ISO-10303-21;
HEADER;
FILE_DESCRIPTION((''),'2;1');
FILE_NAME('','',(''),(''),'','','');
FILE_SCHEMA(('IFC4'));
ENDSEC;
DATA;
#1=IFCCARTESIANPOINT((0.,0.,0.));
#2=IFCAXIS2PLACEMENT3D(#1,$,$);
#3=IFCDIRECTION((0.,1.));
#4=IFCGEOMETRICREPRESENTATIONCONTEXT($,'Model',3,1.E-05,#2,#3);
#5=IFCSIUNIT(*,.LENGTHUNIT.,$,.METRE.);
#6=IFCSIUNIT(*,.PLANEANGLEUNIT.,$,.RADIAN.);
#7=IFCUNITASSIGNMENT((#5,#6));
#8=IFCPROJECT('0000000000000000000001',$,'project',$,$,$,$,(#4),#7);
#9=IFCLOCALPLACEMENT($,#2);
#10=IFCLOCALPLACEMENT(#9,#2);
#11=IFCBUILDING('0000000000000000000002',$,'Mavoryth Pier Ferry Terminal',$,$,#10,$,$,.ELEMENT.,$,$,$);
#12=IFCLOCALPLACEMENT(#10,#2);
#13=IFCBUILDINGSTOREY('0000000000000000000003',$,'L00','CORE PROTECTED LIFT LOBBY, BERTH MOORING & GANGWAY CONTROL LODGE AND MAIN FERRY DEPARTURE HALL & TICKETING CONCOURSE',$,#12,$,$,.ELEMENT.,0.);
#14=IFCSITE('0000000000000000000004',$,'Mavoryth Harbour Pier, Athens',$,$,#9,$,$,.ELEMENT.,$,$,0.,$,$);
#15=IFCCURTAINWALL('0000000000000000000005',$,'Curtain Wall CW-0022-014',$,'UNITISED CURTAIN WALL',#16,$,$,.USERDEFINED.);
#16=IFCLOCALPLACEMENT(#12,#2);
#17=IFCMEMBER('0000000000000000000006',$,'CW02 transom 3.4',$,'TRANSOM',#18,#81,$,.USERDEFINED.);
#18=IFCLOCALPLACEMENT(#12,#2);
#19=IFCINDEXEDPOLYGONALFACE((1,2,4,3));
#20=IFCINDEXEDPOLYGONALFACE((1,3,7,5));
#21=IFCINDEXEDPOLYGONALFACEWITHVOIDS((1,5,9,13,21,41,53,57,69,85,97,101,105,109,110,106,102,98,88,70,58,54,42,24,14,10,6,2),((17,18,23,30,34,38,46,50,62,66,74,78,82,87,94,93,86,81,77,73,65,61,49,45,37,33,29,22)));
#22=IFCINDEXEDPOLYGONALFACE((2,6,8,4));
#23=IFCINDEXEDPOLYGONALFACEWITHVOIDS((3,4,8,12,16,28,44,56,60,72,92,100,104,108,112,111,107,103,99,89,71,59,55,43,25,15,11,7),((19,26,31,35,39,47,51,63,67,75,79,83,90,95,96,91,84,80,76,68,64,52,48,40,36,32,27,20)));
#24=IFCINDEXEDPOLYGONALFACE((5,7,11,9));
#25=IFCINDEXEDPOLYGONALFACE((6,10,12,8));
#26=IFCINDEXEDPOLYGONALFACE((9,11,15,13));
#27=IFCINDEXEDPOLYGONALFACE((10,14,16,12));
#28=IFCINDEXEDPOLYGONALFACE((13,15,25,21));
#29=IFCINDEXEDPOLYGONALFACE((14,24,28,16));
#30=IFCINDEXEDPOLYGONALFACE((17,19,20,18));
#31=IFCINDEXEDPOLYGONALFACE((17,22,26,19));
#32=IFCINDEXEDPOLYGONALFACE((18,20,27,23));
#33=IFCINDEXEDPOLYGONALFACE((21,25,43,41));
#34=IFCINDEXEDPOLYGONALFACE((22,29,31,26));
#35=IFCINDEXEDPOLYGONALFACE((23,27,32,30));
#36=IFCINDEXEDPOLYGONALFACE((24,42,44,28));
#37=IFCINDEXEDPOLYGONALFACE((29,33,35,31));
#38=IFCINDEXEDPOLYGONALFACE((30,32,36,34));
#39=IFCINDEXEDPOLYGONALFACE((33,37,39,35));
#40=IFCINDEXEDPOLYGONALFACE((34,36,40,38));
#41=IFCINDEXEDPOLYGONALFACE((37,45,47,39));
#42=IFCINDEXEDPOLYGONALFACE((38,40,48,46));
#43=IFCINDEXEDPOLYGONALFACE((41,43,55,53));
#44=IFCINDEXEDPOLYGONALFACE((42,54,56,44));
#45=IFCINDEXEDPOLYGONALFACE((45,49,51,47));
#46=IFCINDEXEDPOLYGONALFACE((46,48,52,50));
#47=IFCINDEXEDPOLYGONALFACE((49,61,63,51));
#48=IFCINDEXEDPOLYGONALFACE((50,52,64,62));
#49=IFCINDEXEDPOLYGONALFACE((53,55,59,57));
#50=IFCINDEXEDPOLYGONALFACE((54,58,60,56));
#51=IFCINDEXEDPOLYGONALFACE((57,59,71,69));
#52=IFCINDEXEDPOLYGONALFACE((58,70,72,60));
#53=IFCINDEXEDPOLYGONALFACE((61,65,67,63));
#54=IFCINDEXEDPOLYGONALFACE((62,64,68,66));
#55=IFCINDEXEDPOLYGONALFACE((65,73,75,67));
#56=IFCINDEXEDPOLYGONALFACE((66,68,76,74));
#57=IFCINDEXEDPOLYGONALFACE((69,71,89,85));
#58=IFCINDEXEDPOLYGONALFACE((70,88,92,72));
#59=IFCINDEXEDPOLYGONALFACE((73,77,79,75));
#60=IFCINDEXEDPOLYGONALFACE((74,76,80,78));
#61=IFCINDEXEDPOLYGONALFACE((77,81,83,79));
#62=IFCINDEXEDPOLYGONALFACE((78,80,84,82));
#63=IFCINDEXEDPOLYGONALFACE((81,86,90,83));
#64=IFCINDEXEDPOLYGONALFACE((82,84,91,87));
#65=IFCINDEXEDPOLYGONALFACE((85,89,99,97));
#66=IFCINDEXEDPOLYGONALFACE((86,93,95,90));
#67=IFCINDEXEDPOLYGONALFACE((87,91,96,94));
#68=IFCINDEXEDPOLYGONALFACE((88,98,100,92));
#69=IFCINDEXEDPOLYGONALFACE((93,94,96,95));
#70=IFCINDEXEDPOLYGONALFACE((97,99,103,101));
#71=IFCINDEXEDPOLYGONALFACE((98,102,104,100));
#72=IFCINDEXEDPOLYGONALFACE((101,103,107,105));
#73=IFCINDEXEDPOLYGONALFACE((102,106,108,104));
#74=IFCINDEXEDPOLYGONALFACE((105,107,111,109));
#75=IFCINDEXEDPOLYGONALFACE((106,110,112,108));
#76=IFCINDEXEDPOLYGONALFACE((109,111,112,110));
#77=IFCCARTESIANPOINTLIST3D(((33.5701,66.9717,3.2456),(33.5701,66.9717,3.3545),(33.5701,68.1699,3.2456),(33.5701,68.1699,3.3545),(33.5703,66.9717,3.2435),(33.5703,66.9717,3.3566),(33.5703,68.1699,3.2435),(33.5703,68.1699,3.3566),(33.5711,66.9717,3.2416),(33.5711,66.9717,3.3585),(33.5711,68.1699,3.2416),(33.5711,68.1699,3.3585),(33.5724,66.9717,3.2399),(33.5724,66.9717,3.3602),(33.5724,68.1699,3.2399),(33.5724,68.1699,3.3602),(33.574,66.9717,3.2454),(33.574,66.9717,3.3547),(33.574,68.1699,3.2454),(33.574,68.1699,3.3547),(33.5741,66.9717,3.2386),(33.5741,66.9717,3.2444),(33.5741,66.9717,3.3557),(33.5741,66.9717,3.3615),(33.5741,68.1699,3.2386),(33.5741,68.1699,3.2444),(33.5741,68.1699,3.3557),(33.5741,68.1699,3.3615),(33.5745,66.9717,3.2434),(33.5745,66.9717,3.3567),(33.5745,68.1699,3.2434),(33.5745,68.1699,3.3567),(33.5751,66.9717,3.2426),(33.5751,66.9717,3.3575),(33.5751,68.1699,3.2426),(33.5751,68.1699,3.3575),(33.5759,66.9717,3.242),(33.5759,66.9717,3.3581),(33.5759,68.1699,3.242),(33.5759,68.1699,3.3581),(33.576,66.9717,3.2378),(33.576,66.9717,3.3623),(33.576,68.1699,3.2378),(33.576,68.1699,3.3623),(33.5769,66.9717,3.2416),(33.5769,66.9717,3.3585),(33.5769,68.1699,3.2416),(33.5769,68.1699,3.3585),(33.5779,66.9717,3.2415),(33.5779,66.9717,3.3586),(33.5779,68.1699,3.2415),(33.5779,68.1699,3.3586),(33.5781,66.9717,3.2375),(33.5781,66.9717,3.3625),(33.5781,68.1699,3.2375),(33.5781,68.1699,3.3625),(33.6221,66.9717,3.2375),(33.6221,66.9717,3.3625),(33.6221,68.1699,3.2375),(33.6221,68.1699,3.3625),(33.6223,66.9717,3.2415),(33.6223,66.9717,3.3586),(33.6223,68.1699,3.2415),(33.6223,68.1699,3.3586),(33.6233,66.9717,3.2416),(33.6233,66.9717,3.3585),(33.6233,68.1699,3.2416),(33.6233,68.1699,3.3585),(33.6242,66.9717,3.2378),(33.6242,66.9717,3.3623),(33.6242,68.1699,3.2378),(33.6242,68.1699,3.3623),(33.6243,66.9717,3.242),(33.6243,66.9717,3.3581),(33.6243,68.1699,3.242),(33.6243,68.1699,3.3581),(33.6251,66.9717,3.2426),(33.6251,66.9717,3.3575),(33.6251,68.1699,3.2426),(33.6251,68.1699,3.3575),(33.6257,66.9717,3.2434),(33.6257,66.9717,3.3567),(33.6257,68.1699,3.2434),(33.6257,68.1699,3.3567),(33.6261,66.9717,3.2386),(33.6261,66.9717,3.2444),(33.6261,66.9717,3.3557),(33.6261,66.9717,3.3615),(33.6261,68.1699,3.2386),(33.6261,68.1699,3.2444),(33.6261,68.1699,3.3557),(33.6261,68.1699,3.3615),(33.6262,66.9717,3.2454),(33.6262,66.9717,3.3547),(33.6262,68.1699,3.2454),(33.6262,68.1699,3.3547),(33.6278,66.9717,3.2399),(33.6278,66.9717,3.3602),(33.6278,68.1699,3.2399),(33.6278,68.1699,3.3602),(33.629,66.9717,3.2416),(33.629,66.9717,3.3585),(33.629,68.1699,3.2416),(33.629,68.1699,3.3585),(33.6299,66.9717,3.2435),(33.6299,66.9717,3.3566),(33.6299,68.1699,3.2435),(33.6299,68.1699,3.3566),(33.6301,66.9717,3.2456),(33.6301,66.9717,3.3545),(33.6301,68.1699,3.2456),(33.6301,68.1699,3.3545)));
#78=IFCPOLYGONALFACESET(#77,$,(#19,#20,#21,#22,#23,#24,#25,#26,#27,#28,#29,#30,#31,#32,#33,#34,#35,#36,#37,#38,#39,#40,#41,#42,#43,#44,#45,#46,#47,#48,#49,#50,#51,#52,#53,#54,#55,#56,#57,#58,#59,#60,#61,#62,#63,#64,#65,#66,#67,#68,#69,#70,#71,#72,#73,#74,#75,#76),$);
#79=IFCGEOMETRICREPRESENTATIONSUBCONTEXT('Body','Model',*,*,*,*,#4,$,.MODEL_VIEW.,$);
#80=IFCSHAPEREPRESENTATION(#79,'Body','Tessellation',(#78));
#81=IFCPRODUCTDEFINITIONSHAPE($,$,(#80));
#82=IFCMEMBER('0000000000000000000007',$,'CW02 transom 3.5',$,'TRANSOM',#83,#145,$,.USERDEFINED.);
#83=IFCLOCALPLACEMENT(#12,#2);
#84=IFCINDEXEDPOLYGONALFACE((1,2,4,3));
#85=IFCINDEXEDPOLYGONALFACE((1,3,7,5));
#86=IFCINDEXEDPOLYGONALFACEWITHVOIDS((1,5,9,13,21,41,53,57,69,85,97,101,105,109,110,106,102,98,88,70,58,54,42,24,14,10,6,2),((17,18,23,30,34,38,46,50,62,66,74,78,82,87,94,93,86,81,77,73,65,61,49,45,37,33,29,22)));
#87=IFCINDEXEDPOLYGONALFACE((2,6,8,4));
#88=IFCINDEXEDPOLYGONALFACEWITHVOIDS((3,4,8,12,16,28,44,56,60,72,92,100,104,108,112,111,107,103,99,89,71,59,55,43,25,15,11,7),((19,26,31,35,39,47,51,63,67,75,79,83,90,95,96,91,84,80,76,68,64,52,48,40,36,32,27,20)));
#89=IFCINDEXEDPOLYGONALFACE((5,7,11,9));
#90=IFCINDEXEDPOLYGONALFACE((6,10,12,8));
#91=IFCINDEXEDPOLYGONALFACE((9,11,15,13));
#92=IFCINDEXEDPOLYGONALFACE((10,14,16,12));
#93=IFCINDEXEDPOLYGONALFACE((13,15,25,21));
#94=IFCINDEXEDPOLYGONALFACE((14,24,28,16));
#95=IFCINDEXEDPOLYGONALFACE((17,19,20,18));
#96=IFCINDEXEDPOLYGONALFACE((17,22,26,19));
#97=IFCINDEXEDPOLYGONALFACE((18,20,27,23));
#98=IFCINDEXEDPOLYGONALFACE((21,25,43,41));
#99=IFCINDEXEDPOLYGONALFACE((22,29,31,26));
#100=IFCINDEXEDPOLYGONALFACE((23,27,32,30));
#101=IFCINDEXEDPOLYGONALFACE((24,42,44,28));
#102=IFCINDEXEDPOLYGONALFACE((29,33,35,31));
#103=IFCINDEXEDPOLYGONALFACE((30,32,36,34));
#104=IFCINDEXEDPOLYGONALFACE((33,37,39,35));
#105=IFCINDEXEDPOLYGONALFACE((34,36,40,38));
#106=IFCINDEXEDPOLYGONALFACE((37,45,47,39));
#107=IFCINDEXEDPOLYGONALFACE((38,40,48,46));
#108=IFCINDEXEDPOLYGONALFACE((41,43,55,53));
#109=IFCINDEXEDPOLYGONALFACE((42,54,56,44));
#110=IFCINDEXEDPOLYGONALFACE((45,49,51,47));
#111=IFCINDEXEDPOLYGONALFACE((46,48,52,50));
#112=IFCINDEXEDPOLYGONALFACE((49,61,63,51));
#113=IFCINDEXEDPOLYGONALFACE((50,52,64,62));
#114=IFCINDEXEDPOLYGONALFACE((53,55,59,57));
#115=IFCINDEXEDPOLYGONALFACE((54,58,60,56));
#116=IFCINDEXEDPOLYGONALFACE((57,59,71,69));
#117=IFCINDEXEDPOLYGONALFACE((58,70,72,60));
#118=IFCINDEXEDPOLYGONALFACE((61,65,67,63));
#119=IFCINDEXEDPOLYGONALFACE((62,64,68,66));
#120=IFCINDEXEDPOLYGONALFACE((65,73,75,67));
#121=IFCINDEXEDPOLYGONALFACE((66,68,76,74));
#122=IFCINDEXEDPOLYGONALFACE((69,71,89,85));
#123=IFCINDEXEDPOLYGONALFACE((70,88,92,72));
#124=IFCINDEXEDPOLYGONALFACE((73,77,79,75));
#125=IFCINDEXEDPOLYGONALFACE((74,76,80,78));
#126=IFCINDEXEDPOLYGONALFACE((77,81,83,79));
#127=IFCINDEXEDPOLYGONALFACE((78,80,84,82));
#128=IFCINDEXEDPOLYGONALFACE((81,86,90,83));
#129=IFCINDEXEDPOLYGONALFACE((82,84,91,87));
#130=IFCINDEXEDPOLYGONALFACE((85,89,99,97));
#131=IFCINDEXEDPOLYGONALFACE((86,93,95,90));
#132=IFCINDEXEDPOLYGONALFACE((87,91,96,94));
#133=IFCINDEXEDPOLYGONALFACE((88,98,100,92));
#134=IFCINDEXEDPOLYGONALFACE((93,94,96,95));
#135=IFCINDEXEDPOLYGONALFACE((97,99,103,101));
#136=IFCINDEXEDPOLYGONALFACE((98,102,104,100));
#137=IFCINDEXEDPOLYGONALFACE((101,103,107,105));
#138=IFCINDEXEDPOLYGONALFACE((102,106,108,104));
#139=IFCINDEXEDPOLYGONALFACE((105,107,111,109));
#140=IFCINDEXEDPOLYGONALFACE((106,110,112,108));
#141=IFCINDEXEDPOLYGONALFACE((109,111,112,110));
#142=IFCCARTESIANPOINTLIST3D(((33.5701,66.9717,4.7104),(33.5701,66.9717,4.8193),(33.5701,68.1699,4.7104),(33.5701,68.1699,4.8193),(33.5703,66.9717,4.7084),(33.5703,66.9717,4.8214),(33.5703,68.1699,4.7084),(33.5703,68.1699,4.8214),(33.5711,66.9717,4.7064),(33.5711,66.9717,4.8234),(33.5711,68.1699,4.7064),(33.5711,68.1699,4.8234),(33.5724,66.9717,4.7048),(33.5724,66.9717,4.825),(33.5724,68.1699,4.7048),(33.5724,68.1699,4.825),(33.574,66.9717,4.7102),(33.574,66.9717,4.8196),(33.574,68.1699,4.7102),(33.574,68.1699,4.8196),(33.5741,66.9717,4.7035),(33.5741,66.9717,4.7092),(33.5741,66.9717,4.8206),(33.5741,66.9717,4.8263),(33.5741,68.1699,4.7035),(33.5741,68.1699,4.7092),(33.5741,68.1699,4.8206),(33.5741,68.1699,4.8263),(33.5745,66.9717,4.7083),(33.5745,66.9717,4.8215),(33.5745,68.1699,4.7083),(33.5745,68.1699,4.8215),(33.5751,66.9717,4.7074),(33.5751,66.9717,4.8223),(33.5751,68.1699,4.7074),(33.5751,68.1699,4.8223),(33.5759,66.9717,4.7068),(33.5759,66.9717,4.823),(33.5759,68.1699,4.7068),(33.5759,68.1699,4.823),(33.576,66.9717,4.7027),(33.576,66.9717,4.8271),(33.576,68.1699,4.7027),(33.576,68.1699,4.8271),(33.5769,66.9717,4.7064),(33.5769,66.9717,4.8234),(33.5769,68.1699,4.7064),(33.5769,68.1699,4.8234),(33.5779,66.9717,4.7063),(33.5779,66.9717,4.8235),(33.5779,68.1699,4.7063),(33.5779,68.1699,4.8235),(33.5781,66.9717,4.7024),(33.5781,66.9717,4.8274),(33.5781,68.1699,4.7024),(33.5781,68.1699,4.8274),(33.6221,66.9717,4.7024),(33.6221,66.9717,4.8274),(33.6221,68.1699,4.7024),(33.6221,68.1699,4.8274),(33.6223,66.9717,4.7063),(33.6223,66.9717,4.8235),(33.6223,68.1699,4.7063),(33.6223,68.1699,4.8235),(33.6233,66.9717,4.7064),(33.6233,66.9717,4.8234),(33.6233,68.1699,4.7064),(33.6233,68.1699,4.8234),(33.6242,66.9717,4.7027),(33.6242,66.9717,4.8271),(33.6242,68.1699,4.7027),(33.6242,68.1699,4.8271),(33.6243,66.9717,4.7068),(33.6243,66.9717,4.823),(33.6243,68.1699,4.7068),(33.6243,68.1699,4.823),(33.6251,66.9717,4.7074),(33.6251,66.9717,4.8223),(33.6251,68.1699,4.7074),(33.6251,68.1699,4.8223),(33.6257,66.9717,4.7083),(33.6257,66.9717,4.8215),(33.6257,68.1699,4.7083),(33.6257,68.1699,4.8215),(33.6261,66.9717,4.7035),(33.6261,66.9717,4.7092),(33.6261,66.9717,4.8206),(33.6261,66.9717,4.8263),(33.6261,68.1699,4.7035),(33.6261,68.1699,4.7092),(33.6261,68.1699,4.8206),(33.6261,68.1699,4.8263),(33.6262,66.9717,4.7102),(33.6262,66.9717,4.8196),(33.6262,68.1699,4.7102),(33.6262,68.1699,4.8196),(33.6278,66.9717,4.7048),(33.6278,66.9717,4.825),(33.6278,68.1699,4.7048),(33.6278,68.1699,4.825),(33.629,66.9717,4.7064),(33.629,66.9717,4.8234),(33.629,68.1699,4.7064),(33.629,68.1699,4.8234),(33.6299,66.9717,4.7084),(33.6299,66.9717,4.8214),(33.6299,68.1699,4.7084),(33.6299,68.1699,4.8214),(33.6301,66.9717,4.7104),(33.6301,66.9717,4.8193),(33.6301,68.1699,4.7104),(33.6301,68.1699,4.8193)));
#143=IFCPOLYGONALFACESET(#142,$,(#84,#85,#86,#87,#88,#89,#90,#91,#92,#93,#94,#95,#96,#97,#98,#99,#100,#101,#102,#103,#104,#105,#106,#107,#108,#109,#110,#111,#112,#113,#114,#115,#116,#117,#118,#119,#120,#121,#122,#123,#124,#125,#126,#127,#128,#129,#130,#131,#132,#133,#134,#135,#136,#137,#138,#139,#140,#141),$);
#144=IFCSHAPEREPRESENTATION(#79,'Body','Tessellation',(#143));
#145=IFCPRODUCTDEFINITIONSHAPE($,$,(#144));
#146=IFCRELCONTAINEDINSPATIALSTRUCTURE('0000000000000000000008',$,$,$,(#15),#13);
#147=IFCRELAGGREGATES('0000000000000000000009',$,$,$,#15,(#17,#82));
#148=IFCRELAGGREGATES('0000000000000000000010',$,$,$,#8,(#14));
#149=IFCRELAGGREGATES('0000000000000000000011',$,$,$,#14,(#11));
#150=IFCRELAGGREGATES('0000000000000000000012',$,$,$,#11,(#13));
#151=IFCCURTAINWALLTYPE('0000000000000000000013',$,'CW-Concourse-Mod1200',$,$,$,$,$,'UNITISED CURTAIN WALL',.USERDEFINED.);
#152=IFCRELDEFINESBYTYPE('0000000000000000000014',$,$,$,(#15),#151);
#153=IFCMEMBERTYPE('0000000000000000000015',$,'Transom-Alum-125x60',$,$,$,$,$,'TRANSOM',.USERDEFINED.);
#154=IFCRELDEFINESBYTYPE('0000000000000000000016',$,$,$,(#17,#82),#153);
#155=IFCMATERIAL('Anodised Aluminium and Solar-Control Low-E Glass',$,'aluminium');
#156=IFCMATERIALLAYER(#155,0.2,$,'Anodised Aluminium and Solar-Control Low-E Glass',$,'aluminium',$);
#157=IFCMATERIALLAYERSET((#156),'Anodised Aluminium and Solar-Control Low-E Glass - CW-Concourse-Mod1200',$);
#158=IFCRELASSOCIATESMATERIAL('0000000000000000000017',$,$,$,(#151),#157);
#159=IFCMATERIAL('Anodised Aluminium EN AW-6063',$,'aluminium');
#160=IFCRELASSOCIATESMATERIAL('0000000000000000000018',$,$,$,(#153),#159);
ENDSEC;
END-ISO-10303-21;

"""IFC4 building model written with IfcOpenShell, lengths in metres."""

from ifc_helpers import new_model, si_unit, direction, frame, origin, origin_2d, place, context, subcontext, project, spatial, hollow_rectangle, extrude, material, layer, layer_set, material_profile, profile_set, type_object, element, aggregate, save


model = new_model("IFC4")

# Units and contexts
model_context = context("Model", 3, precision=1e-05, world=origin(), true_north=direction((0.0, 1.0)))
body_context = subcontext(model_context, "Body", "Model", "MODEL_VIEW")
ifc_project = project(units=[si_unit("LENGTHUNIT", "METRE"), si_unit("PLANEANGLEUNIT", "RADIAN")], contexts=[model_context])

# Site, building, storey
site_placement = place(None, origin())
site = spatial("IfcSite", under=ifc_project, at=site_placement, Name="Mavoryth Harbour Pier, Athens", CompositionType="ELEMENT", RefElevation=0.0)
building_placement = place(site_placement, origin())
building = spatial("IfcBuilding", under=site, at=building_placement, Name="Mavoryth Pier Ferry Terminal", CompositionType="ELEMENT")
storey_placement = place(building_placement, origin())
storey = spatial("IfcBuildingStorey", under=building, at=storey_placement, Name="L00", Description="CORE PROTECTED LIFT LOBBY, BERTH MOORING & GANGWAY CONTROL LODGE AND MAIN FERRY DEPARTURE HALL & TICKETING CONCOURSE", CompositionType="ELEMENT", Elevation=0.0)

# Curtain wall, members
ifc_material_1 = material(Name="Anodised Aluminium and Solar-Control Low-E Glass", Category="aluminium")
ifc_layer_1 = layer(ifc_material_1, 0.2, Name="Anodised Aluminium and Solar-Control Low-E Glass", Category="aluminium")
ifc_layer_set_1 = layer_set([ifc_layer_1], Name="Anodised Aluminium and Solar-Control Low-E Glass - CW-Concourse-Mod1200")
curtain_wall_type = type_object("IfcCurtainWallType", Name="CW-Concourse-Mod1200", ElementType="UNITISED CURTAIN WALL", PredefinedType="USERDEFINED", material=ifc_layer_set_1)
curtain_wall_placement = place(storey_placement, origin())
curtain_wall = element("IfcCurtainWall", 1, at=curtain_wall_placement, inside=storey, type_object=curtain_wall_type, Name="Curtain Wall CW-0022-014", ObjectType="UNITISED CURTAIN WALL", PredefinedType="USERDEFINED")
ifc_material_2 = material(Name="Anodised Aluminium EN AW-6063", Category="aluminium")
ifc_material_profile_1 = material_profile(ifc_material_2, hollow_rectangle(XDim=0.0601, YDim=0.125, WallThickness=0.0039, InnerFilletRadius=0.0039, OuterFilletRadius=0.0081, at=origin_2d()), Name="AL-TRAN 125x60x4", Category="aluminium")
ifc_profile_set_1 = profile_set([ifc_material_profile_1], Name="Anodised Aluminium EN AW-6063 - AL-TRAN 125x60x4")
member_type_1 = type_object("IfcMemberType", Name="Transom-Alum-125x60", ElementType="TRANSOM", PredefinedType="USERDEFINED", material=ifc_profile_set_1)
member_1_placement = place(storey_placement, frame((33.6001, 66.9717, 3.3), z_axis=(0.0, 1.0, 0.0), x_axis=(-1.0, 0.0, 0.0)))
member_1 = element("IfcMember", 2, at=member_1_placement, type_object=member_type_1, Name="CW02 transom 3.4", ObjectType="TRANSOM", PredefinedType="USERDEFINED", context=body_context, shape_type="SweptSolid", body=[
    extrude(hollow_rectangle(XDim=0.0601, YDim=0.125, WallThickness=0.0039, InnerFilletRadius=0.0039, OuterFilletRadius=0.0081, at=origin_2d()), origin(), (0.0, 0.0, 1.0), 1.1982),
])
member_2_placement = place(storey_placement, frame((33.6001, 66.9717, 4.7649), z_axis=(0.0, 1.0, 0.0), x_axis=(-1.0, 0.0, 0.0)))
member_2 = element("IfcMember", 3, at=member_2_placement, type_object=member_type_1, Name="CW02 transom 3.5", ObjectType="TRANSOM", PredefinedType="USERDEFINED", context=body_context, shape_type="SweptSolid", body=[
    extrude(hollow_rectangle(XDim=0.0601, YDim=0.125, WallThickness=0.0039, InnerFilletRadius=0.0039, OuterFilletRadius=0.0081, at=origin_2d()), origin(), (0.0, 0.0, 1.0), 1.1982),
])
aggregate(curtain_wall, [member_1, member_2])

save(model, "model.ifc")
